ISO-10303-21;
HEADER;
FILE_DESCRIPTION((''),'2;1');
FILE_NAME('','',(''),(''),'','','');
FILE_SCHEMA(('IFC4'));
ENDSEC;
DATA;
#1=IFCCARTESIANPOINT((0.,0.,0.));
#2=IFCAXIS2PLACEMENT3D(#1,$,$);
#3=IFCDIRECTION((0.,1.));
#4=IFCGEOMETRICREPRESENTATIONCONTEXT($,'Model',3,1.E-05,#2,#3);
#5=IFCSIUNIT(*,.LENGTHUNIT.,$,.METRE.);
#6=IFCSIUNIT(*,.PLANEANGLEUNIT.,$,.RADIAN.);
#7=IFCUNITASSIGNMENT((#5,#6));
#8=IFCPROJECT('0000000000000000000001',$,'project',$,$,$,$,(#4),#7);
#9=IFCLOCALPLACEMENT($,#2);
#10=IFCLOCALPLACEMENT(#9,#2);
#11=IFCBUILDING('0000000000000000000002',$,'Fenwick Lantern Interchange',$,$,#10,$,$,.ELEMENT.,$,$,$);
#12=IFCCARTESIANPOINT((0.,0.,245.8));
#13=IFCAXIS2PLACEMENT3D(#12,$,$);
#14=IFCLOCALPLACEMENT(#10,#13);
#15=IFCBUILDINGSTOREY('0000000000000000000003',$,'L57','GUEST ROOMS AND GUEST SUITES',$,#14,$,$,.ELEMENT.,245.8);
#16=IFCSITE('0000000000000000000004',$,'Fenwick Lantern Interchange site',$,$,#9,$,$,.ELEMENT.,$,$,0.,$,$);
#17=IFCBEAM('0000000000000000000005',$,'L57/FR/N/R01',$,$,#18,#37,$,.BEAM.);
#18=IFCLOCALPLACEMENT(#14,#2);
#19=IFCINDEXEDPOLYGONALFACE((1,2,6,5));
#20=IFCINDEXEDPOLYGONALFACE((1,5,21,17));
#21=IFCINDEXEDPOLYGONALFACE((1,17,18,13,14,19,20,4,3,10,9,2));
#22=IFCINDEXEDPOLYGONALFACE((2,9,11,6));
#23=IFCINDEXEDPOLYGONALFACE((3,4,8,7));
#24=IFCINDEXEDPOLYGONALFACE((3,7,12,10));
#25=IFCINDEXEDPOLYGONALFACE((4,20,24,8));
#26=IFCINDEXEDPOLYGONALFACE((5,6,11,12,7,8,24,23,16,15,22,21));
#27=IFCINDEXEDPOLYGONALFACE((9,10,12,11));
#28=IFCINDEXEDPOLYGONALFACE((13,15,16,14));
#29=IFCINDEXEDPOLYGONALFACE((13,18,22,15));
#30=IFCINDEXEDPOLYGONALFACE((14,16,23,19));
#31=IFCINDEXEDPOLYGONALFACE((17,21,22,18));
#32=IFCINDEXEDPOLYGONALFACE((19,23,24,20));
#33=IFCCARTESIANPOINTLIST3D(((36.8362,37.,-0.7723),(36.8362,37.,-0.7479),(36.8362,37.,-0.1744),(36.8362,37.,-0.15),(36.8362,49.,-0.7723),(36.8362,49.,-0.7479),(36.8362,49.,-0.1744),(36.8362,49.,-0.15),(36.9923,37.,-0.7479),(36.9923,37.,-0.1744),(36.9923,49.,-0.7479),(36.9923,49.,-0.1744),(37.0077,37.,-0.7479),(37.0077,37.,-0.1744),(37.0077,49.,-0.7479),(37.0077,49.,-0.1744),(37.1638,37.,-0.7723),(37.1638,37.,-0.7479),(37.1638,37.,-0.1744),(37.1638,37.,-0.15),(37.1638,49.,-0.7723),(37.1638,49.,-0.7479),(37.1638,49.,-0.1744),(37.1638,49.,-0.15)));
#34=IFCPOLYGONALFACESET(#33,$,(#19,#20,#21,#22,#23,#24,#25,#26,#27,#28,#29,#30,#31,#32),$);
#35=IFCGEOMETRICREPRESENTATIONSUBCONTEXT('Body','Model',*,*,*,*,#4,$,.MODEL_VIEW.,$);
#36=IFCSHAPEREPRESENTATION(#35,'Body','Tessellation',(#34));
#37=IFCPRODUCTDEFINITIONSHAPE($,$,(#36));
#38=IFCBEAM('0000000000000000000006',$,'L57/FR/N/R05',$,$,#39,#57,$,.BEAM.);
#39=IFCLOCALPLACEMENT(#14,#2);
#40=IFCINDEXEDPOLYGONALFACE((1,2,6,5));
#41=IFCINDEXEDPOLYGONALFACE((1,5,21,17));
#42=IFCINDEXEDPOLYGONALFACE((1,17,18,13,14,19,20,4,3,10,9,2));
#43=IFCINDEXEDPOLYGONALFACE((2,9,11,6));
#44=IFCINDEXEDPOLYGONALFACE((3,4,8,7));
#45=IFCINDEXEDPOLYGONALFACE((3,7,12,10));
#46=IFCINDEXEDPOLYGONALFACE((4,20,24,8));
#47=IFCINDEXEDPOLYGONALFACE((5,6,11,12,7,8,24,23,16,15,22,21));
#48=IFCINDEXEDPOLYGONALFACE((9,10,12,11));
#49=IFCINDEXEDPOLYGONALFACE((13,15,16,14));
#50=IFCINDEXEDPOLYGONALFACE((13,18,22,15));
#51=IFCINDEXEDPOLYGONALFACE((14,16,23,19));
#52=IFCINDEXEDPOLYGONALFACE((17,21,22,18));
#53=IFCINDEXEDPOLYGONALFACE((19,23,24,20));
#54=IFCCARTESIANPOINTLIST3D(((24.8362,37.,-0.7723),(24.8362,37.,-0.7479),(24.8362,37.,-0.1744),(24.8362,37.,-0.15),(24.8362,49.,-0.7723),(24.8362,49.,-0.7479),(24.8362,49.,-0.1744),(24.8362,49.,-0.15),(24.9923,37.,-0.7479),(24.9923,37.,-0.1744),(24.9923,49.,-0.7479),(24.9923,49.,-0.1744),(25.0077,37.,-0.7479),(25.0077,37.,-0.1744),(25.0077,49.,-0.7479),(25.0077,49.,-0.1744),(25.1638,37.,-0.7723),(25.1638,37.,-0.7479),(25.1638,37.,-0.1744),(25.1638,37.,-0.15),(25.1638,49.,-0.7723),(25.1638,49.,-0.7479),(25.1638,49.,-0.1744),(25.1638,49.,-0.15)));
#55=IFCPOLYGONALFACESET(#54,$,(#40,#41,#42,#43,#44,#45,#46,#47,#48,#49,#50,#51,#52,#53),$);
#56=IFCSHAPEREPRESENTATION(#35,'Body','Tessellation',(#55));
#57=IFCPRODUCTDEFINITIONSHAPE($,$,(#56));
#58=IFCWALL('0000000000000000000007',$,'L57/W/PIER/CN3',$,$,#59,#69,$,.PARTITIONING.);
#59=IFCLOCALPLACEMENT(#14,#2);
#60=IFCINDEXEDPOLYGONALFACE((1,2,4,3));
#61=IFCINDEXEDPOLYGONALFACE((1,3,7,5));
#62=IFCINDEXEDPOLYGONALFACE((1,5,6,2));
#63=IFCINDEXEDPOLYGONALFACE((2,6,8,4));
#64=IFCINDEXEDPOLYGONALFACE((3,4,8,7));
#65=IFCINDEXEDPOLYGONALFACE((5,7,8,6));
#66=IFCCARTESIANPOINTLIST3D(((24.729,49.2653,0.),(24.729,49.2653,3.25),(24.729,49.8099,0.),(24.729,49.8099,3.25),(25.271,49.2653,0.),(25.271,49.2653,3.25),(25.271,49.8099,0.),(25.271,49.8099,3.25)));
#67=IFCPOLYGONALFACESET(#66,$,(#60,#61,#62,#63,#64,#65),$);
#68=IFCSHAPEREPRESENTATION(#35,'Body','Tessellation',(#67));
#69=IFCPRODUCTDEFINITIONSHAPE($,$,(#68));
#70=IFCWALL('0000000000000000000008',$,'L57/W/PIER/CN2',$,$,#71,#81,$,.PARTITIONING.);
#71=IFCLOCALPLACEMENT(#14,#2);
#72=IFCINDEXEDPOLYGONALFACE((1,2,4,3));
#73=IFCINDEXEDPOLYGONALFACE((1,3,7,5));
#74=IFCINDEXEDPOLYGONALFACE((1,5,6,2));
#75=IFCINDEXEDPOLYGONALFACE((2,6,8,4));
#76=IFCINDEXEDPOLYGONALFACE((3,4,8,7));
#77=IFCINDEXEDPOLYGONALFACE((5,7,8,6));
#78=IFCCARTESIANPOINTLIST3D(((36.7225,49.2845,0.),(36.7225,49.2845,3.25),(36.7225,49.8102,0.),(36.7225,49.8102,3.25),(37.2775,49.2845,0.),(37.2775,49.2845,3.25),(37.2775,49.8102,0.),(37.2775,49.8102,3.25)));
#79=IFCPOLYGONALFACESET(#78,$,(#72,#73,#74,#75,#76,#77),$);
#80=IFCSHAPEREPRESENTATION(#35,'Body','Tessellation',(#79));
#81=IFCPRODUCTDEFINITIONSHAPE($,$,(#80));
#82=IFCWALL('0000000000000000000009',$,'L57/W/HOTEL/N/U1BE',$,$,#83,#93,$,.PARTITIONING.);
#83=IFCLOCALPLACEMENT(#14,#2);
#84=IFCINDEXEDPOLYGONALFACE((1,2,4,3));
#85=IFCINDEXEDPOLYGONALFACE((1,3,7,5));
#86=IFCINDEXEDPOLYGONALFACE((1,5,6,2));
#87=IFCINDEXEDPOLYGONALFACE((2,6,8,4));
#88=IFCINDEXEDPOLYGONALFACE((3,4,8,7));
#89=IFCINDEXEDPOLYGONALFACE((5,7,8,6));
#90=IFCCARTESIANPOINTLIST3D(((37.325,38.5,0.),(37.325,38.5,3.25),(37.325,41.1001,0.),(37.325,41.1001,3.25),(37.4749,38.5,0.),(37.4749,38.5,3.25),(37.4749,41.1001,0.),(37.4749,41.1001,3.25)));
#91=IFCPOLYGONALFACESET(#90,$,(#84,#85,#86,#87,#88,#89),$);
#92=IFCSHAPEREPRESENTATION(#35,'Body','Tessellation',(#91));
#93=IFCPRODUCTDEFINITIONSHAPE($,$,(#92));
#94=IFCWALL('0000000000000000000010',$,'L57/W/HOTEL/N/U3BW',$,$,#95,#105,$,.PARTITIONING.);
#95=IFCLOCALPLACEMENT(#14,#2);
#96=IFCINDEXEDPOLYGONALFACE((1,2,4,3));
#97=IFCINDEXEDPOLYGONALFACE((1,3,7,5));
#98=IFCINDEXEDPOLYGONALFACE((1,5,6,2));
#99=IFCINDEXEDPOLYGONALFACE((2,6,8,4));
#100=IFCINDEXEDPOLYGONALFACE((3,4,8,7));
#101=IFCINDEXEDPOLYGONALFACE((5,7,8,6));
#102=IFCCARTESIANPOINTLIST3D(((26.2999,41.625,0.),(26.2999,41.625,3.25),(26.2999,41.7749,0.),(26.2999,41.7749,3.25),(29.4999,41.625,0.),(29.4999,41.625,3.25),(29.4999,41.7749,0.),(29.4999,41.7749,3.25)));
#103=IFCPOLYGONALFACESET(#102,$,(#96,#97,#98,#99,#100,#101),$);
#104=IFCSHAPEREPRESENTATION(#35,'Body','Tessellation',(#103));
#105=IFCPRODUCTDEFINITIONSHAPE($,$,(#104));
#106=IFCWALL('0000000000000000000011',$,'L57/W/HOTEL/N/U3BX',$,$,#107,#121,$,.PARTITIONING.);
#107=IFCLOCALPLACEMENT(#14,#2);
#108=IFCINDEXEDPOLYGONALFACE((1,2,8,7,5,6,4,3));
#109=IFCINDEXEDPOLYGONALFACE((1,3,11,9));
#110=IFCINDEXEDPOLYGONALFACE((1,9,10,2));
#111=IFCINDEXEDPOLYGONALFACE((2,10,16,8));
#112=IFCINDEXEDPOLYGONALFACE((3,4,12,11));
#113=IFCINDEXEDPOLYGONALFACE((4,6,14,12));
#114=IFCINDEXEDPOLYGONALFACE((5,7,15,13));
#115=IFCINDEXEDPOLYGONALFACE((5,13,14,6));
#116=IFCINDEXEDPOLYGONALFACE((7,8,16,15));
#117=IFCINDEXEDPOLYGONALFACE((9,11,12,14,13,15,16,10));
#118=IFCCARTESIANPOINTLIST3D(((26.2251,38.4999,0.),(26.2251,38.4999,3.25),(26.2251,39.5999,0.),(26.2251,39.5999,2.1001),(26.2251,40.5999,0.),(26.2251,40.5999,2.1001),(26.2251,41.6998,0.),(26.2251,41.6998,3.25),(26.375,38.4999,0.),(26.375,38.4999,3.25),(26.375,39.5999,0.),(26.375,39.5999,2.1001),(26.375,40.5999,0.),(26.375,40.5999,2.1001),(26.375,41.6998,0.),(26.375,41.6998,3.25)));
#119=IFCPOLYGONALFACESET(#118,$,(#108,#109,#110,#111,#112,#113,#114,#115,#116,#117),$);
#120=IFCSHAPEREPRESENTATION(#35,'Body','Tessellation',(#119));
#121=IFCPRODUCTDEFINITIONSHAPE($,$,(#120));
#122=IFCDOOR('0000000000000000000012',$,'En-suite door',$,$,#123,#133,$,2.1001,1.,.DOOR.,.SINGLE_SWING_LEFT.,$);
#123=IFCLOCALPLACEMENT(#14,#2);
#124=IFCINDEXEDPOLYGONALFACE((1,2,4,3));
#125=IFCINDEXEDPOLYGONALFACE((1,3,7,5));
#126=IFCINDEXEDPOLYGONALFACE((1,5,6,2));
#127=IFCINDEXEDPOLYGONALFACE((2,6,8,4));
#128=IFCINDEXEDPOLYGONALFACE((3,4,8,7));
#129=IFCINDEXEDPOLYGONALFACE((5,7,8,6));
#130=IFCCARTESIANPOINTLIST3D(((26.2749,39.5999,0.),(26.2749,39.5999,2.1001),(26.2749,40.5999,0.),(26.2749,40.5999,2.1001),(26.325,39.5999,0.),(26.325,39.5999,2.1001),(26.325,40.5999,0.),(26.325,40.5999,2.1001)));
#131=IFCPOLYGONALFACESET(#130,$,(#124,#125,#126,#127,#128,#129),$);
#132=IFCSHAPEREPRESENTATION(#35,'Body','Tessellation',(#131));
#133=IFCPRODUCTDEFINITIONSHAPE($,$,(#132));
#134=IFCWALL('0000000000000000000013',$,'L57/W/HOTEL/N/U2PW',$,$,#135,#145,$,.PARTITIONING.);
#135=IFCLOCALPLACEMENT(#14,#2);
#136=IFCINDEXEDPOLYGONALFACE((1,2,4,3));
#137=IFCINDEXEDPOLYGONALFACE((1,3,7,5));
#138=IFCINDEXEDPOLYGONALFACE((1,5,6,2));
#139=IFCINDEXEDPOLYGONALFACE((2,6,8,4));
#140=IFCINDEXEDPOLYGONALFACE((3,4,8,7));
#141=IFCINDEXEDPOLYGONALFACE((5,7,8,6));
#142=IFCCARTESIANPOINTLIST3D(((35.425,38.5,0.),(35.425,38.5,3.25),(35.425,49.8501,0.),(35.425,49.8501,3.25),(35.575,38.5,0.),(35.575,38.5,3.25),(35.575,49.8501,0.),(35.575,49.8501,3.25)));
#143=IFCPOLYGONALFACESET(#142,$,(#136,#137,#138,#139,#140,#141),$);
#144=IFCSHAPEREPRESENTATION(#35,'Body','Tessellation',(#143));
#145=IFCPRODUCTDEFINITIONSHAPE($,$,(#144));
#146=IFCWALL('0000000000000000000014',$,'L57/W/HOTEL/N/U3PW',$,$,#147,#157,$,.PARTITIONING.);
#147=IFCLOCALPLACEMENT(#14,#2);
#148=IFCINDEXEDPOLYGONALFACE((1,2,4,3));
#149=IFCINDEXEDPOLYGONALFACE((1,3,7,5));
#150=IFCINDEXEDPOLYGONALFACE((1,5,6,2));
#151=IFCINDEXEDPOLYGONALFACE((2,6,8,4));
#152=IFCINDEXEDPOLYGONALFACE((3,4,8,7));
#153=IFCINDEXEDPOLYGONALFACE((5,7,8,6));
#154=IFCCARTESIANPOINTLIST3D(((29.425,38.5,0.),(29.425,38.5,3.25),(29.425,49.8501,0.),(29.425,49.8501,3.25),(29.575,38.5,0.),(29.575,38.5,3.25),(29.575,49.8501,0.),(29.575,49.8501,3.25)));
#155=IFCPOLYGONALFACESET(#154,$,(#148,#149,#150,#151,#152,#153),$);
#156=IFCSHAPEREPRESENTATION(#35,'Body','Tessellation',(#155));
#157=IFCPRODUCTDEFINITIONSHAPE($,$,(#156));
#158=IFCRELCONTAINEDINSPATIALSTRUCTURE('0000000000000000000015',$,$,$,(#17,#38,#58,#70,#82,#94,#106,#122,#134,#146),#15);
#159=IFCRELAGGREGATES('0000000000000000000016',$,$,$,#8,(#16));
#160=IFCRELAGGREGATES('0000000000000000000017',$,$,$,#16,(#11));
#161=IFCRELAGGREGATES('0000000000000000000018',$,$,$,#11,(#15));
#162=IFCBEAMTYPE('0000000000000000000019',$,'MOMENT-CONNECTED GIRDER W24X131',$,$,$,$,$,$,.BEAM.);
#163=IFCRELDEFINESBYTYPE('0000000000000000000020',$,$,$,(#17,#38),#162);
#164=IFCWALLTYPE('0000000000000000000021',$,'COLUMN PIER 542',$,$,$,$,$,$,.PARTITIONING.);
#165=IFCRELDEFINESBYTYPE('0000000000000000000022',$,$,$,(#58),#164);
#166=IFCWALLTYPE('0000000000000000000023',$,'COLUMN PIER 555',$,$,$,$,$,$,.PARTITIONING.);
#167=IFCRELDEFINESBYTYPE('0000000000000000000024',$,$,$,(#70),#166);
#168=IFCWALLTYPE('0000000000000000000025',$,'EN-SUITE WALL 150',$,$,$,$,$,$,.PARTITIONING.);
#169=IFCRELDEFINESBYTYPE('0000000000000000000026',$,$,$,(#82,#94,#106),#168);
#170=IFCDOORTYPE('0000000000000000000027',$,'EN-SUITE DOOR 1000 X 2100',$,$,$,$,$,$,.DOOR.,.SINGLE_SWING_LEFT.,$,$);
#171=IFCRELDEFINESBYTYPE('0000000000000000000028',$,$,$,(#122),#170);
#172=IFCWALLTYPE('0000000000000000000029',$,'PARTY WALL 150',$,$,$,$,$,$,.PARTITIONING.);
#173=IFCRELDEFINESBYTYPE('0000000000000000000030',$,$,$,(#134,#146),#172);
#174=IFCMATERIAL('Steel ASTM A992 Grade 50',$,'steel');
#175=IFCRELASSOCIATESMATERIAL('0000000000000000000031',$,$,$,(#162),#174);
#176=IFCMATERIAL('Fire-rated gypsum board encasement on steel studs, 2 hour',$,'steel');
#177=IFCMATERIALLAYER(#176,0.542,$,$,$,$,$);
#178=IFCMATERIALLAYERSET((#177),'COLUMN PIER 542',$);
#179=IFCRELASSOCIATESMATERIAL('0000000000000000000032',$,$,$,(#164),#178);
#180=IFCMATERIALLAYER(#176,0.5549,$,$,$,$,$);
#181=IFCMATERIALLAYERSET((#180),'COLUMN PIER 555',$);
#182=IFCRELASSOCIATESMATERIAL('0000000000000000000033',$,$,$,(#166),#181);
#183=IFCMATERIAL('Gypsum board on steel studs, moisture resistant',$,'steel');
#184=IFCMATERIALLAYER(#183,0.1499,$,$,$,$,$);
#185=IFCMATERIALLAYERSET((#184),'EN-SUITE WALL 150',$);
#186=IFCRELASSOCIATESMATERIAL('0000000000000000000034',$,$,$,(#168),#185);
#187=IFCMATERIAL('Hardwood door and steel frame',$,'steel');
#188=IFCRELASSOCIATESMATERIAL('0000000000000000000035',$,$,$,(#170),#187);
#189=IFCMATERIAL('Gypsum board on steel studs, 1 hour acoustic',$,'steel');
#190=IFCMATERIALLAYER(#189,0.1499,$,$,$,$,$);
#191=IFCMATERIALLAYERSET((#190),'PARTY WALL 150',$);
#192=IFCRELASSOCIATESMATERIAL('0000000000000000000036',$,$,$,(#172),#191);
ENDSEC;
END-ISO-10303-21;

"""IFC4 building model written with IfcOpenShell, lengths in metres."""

from ifc_helpers import new_model, si_unit, direction, frame, frame_2d, origin, origin_2d, place, context, subcontext, project, spatial, rectangle, i_section, extrude, material, layer, layer_set, material_profile, profile_set, type_object, element, fill, save


model = new_model("IFC4")

# Units and contexts
model_context = context("Model", 3, precision=1e-05, world=origin(), true_north=direction((0.0, 1.0)))
body_context = subcontext(model_context, "Body", "Model", "MODEL_VIEW")
ifc_project = project(units=[si_unit("LENGTHUNIT", "METRE"), si_unit("PLANEANGLEUNIT", "RADIAN")], contexts=[model_context])

# Site, building, storey
site_placement = place(None, origin())
site = spatial("IfcSite", under=ifc_project, at=site_placement, Name="Fenwick Lantern Interchange site", CompositionType="ELEMENT", RefElevation=0.0)
building_placement = place(site_placement, origin())
building = spatial("IfcBuilding", under=site, at=building_placement, Name="Fenwick Lantern Interchange", CompositionType="ELEMENT")
storey_placement = place(building_placement, frame((0.0, 0.0, 245.8)))
storey = spatial("IfcBuildingStorey", under=building, at=storey_placement, Name="L57", Description="GUEST ROOMS AND GUEST SUITES", CompositionType="ELEMENT", Elevation=245.8)

# Shared definitions
ifc_material_1 = material(Name="Steel ASTM A992 Grade 50", Category="steel")

# Beams
ifc_material_profile_1 = material_profile(ifc_material_1, i_section(OverallWidth=0.3276, OverallDepth=0.6223, WebThickness=0.0154, FlangeThickness=0.0244, at=origin_2d()), Name="W24X131")
ifc_profile_set_1 = profile_set([ifc_material_profile_1], Name="Steel ASTM A992 Grade 50")
beam_type_1 = type_object("IfcBeamType", Name="MOMENT-CONNECTED GIRDER W24X131", PredefinedType="BEAM", material=ifc_profile_set_1)
for number, where, z_axis, x_axis, name in (
    (1, (37.0, 49.0, -0.4612), (0.0, -1.0, 0.0), (1.0, 0.0, 0.0), "L57/FR/N/R01"),
    (2, (25.0, 49.0, -0.4612), (0.0, -1.0, 0.0), (1.0, 0.0, 0.0), "L57/FR/N/R05"),
):
    element("IfcBeam", number, at=place(storey_placement, frame(where, z_axis=z_axis, x_axis=x_axis)), inside=storey, type_object=beam_type_1, Name=name, PredefinedType="BEAM", context=body_context, shape_type="SweptSolid", body=[
        extrude(i_section(OverallWidth=0.3276, OverallDepth=0.6223, WebThickness=0.0154, FlangeThickness=0.0244, at=origin_2d()), origin(), (0.0, 0.0, 1.0), 12.0),
    ])

# Walls
ifc_material_2 = material(Name="Fire-rated gypsum board encasement on steel studs, 2 hour", Category="steel")
ifc_layer_1 = layer(ifc_material_2, 0.542)
ifc_layer_set_1 = layer_set([ifc_layer_1], Name="COLUMN PIER 542")
wall_type_1 = type_object("IfcWallType", Name="COLUMN PIER 542", PredefinedType="PARTITIONING", material=ifc_layer_set_1)
wall_1_placement = place(storey_placement, frame((25.0, 49.8101, 0.0), z_axis=(0.0, 0.0, 1.0), x_axis=(0.0, -1.0, 0.0)))
element("IfcWall", 3, at=wall_1_placement, inside=storey, type_object=wall_type_1, Name="L57/W/PIER/CN3", PredefinedType="PARTITIONING", context=body_context, shape_type="SweptSolid", body=[
    extrude(rectangle(XDim=0.5447, YDim=0.542, at=frame_2d((0.2725, 0.0))), origin(), (0.0, 0.0, 1.0), 3.25),
])
ifc_layer_2 = layer(ifc_material_2, 0.5549)
ifc_layer_set_2 = layer_set([ifc_layer_2], Name="COLUMN PIER 555")
wall_type_2 = type_object("IfcWallType", Name="COLUMN PIER 555", PredefinedType="PARTITIONING", material=ifc_layer_set_2)
wall_2_placement = place(storey_placement, frame((37.0, 49.8101, 0.0), z_axis=(0.0, 0.0, 1.0), x_axis=(0.0, -1.0, 0.0)))
element("IfcWall", 4, at=wall_2_placement, inside=storey, type_object=wall_type_2, Name="L57/W/PIER/CN2", PredefinedType="PARTITIONING", context=body_context, shape_type="SweptSolid", body=[
    extrude(rectangle(XDim=0.5256, YDim=0.5549, at=frame_2d((0.2627, 0.0))), origin(), (0.0, 0.0, 1.0), 3.25),
])
ifc_material_3 = material(Name="Gypsum board on steel studs, moisture resistant", Category="steel")
ifc_layer_3 = layer(ifc_material_3, 0.1499)
ifc_layer_set_3 = layer_set([ifc_layer_3], Name="EN-SUITE WALL 150")
wall_type_3 = type_object("IfcWallType", Name="EN-SUITE WALL 150", PredefinedType="PARTITIONING", material=ifc_layer_set_3)
wall_3_placement = place(storey_placement, frame((37.3999, 41.1001, 0.0), z_axis=(0.0, 0.0, 1.0), x_axis=(0.0, -1.0, 0.0)))
element("IfcWall", 5, at=wall_3_placement, inside=storey, type_object=wall_type_3, Name="L57/W/HOTEL/N/U1BE", PredefinedType="PARTITIONING", context=body_context, shape_type="SweptSolid", body=[
    extrude(rectangle(XDim=2.6001, YDim=0.1499, at=frame_2d((1.3, 0.0))), origin(), (0.0, 0.0, 1.0), 3.25),
])
wall_4_placement = place(storey_placement, frame((29.5, 41.7, 0.0), z_axis=(0.0, 0.0, 1.0), x_axis=(-1.0, 0.0, 0.0)))
element("IfcWall", 6, at=wall_4_placement, inside=storey, type_object=wall_type_3, Name="L57/W/HOTEL/N/U3BW", PredefinedType="PARTITIONING", context=body_context, shape_type="SweptSolid", body=[
    extrude(rectangle(XDim=3.2, YDim=0.1499, at=frame_2d((1.6001, 0.0))), origin(), (0.0, 0.0, 1.0), 3.25),
])

# Wall, opening, door
wall_5_placement = place(storey_placement, frame((26.3, 41.7, 0.0), z_axis=(0.0, 0.0, 1.0), x_axis=(0.0, -1.0, 0.0)))
wall_5 = element("IfcWall", 7, at=wall_5_placement, inside=storey, type_object=wall_type_3, Name="L57/W/HOTEL/N/U3BX", PredefinedType="PARTITIONING", context=body_context, shape_type="SweptSolid", body=[
    extrude(rectangle(XDim=3.2, YDim=0.1499, at=frame_2d((1.6001, 0.0))), origin(), (0.0, 0.0, 1.0), 3.25),
])
opening_placement = place(wall_5_placement, frame((1.1001, 0.0, 0.0)))
opening = element("IfcOpeningElement", 8, at=opening_placement, cuts=wall_5, PredefinedType="OPENING", context=body_context, shape_type="SweptSolid", body=[
    extrude(rectangle(XDim=1.0, YDim=2.1001, at=frame_2d((0.5, 1.05))), frame((0.0, 0.085, 0.0), z_axis=(0.0, -1.0, 0.0), x_axis=(1.0, 0.0, 0.0)), (0.0, 0.0, 1.0), 0.1699),
])
ifc_material_4 = material(Name="Hardwood door and steel frame", Category="steel")
door_type = type_object("IfcDoorType", Name="EN-SUITE DOOR 1000 X 2100", OperationType="SINGLE_SWING_LEFT", PredefinedType="DOOR", material=ifc_material_4)
door_placement = place(opening_placement, origin())
door = element("IfcDoor", 9, at=door_placement, inside=storey, type_object=door_type, Name="En-suite door", OperationType="SINGLE_SWING_LEFT", OverallHeight=2.1001, OverallWidth=1.0, PredefinedType="DOOR", context=body_context, shape_type="SweptSolid", body=[
    extrude(rectangle(XDim=1.0, YDim=2.1001, at=frame_2d((0.5, 1.05))), frame((0.0, 0.0249, 0.0), z_axis=(0.0, -1.0, 0.0), x_axis=(1.0, 0.0, 0.0)), (0.0, 0.0, 1.0), 0.05),
])
fill(opening, door)

# Walls
ifc_material_5 = material(Name="Gypsum board on steel studs, 1 hour acoustic", Category="steel")
ifc_layer_4 = layer(ifc_material_5, 0.1499)
ifc_layer_set_4 = layer_set([ifc_layer_4], Name="PARTY WALL 150")
wall_type_4 = type_object("IfcWallType", Name="PARTY WALL 150", PredefinedType="PARTITIONING", material=ifc_layer_set_4)
for number, where, z_axis, x_axis, name in (
    (10, (35.5, 49.8501, 0.0), (0.0, 0.0, 1.0), (0.0, -1.0, 0.0), "L57/W/HOTEL/N/U2PW"),
    (11, (29.5, 49.8501, 0.0), (0.0, 0.0, 1.0), (0.0, -1.0, 0.0), "L57/W/HOTEL/N/U3PW"),
):
    element("IfcWall", number, at=place(storey_placement, frame(where, z_axis=z_axis, x_axis=x_axis)), inside=storey, type_object=wall_type_4, Name=name, PredefinedType="PARTITIONING", context=body_context, shape_type="SweptSolid", body=[
        extrude(rectangle(XDim=11.3501, YDim=0.1499, at=frame_2d((5.675, 0.0))), origin(), (0.0, 0.0, 1.0), 3.25),
    ])

save(model, "model.ifc")
